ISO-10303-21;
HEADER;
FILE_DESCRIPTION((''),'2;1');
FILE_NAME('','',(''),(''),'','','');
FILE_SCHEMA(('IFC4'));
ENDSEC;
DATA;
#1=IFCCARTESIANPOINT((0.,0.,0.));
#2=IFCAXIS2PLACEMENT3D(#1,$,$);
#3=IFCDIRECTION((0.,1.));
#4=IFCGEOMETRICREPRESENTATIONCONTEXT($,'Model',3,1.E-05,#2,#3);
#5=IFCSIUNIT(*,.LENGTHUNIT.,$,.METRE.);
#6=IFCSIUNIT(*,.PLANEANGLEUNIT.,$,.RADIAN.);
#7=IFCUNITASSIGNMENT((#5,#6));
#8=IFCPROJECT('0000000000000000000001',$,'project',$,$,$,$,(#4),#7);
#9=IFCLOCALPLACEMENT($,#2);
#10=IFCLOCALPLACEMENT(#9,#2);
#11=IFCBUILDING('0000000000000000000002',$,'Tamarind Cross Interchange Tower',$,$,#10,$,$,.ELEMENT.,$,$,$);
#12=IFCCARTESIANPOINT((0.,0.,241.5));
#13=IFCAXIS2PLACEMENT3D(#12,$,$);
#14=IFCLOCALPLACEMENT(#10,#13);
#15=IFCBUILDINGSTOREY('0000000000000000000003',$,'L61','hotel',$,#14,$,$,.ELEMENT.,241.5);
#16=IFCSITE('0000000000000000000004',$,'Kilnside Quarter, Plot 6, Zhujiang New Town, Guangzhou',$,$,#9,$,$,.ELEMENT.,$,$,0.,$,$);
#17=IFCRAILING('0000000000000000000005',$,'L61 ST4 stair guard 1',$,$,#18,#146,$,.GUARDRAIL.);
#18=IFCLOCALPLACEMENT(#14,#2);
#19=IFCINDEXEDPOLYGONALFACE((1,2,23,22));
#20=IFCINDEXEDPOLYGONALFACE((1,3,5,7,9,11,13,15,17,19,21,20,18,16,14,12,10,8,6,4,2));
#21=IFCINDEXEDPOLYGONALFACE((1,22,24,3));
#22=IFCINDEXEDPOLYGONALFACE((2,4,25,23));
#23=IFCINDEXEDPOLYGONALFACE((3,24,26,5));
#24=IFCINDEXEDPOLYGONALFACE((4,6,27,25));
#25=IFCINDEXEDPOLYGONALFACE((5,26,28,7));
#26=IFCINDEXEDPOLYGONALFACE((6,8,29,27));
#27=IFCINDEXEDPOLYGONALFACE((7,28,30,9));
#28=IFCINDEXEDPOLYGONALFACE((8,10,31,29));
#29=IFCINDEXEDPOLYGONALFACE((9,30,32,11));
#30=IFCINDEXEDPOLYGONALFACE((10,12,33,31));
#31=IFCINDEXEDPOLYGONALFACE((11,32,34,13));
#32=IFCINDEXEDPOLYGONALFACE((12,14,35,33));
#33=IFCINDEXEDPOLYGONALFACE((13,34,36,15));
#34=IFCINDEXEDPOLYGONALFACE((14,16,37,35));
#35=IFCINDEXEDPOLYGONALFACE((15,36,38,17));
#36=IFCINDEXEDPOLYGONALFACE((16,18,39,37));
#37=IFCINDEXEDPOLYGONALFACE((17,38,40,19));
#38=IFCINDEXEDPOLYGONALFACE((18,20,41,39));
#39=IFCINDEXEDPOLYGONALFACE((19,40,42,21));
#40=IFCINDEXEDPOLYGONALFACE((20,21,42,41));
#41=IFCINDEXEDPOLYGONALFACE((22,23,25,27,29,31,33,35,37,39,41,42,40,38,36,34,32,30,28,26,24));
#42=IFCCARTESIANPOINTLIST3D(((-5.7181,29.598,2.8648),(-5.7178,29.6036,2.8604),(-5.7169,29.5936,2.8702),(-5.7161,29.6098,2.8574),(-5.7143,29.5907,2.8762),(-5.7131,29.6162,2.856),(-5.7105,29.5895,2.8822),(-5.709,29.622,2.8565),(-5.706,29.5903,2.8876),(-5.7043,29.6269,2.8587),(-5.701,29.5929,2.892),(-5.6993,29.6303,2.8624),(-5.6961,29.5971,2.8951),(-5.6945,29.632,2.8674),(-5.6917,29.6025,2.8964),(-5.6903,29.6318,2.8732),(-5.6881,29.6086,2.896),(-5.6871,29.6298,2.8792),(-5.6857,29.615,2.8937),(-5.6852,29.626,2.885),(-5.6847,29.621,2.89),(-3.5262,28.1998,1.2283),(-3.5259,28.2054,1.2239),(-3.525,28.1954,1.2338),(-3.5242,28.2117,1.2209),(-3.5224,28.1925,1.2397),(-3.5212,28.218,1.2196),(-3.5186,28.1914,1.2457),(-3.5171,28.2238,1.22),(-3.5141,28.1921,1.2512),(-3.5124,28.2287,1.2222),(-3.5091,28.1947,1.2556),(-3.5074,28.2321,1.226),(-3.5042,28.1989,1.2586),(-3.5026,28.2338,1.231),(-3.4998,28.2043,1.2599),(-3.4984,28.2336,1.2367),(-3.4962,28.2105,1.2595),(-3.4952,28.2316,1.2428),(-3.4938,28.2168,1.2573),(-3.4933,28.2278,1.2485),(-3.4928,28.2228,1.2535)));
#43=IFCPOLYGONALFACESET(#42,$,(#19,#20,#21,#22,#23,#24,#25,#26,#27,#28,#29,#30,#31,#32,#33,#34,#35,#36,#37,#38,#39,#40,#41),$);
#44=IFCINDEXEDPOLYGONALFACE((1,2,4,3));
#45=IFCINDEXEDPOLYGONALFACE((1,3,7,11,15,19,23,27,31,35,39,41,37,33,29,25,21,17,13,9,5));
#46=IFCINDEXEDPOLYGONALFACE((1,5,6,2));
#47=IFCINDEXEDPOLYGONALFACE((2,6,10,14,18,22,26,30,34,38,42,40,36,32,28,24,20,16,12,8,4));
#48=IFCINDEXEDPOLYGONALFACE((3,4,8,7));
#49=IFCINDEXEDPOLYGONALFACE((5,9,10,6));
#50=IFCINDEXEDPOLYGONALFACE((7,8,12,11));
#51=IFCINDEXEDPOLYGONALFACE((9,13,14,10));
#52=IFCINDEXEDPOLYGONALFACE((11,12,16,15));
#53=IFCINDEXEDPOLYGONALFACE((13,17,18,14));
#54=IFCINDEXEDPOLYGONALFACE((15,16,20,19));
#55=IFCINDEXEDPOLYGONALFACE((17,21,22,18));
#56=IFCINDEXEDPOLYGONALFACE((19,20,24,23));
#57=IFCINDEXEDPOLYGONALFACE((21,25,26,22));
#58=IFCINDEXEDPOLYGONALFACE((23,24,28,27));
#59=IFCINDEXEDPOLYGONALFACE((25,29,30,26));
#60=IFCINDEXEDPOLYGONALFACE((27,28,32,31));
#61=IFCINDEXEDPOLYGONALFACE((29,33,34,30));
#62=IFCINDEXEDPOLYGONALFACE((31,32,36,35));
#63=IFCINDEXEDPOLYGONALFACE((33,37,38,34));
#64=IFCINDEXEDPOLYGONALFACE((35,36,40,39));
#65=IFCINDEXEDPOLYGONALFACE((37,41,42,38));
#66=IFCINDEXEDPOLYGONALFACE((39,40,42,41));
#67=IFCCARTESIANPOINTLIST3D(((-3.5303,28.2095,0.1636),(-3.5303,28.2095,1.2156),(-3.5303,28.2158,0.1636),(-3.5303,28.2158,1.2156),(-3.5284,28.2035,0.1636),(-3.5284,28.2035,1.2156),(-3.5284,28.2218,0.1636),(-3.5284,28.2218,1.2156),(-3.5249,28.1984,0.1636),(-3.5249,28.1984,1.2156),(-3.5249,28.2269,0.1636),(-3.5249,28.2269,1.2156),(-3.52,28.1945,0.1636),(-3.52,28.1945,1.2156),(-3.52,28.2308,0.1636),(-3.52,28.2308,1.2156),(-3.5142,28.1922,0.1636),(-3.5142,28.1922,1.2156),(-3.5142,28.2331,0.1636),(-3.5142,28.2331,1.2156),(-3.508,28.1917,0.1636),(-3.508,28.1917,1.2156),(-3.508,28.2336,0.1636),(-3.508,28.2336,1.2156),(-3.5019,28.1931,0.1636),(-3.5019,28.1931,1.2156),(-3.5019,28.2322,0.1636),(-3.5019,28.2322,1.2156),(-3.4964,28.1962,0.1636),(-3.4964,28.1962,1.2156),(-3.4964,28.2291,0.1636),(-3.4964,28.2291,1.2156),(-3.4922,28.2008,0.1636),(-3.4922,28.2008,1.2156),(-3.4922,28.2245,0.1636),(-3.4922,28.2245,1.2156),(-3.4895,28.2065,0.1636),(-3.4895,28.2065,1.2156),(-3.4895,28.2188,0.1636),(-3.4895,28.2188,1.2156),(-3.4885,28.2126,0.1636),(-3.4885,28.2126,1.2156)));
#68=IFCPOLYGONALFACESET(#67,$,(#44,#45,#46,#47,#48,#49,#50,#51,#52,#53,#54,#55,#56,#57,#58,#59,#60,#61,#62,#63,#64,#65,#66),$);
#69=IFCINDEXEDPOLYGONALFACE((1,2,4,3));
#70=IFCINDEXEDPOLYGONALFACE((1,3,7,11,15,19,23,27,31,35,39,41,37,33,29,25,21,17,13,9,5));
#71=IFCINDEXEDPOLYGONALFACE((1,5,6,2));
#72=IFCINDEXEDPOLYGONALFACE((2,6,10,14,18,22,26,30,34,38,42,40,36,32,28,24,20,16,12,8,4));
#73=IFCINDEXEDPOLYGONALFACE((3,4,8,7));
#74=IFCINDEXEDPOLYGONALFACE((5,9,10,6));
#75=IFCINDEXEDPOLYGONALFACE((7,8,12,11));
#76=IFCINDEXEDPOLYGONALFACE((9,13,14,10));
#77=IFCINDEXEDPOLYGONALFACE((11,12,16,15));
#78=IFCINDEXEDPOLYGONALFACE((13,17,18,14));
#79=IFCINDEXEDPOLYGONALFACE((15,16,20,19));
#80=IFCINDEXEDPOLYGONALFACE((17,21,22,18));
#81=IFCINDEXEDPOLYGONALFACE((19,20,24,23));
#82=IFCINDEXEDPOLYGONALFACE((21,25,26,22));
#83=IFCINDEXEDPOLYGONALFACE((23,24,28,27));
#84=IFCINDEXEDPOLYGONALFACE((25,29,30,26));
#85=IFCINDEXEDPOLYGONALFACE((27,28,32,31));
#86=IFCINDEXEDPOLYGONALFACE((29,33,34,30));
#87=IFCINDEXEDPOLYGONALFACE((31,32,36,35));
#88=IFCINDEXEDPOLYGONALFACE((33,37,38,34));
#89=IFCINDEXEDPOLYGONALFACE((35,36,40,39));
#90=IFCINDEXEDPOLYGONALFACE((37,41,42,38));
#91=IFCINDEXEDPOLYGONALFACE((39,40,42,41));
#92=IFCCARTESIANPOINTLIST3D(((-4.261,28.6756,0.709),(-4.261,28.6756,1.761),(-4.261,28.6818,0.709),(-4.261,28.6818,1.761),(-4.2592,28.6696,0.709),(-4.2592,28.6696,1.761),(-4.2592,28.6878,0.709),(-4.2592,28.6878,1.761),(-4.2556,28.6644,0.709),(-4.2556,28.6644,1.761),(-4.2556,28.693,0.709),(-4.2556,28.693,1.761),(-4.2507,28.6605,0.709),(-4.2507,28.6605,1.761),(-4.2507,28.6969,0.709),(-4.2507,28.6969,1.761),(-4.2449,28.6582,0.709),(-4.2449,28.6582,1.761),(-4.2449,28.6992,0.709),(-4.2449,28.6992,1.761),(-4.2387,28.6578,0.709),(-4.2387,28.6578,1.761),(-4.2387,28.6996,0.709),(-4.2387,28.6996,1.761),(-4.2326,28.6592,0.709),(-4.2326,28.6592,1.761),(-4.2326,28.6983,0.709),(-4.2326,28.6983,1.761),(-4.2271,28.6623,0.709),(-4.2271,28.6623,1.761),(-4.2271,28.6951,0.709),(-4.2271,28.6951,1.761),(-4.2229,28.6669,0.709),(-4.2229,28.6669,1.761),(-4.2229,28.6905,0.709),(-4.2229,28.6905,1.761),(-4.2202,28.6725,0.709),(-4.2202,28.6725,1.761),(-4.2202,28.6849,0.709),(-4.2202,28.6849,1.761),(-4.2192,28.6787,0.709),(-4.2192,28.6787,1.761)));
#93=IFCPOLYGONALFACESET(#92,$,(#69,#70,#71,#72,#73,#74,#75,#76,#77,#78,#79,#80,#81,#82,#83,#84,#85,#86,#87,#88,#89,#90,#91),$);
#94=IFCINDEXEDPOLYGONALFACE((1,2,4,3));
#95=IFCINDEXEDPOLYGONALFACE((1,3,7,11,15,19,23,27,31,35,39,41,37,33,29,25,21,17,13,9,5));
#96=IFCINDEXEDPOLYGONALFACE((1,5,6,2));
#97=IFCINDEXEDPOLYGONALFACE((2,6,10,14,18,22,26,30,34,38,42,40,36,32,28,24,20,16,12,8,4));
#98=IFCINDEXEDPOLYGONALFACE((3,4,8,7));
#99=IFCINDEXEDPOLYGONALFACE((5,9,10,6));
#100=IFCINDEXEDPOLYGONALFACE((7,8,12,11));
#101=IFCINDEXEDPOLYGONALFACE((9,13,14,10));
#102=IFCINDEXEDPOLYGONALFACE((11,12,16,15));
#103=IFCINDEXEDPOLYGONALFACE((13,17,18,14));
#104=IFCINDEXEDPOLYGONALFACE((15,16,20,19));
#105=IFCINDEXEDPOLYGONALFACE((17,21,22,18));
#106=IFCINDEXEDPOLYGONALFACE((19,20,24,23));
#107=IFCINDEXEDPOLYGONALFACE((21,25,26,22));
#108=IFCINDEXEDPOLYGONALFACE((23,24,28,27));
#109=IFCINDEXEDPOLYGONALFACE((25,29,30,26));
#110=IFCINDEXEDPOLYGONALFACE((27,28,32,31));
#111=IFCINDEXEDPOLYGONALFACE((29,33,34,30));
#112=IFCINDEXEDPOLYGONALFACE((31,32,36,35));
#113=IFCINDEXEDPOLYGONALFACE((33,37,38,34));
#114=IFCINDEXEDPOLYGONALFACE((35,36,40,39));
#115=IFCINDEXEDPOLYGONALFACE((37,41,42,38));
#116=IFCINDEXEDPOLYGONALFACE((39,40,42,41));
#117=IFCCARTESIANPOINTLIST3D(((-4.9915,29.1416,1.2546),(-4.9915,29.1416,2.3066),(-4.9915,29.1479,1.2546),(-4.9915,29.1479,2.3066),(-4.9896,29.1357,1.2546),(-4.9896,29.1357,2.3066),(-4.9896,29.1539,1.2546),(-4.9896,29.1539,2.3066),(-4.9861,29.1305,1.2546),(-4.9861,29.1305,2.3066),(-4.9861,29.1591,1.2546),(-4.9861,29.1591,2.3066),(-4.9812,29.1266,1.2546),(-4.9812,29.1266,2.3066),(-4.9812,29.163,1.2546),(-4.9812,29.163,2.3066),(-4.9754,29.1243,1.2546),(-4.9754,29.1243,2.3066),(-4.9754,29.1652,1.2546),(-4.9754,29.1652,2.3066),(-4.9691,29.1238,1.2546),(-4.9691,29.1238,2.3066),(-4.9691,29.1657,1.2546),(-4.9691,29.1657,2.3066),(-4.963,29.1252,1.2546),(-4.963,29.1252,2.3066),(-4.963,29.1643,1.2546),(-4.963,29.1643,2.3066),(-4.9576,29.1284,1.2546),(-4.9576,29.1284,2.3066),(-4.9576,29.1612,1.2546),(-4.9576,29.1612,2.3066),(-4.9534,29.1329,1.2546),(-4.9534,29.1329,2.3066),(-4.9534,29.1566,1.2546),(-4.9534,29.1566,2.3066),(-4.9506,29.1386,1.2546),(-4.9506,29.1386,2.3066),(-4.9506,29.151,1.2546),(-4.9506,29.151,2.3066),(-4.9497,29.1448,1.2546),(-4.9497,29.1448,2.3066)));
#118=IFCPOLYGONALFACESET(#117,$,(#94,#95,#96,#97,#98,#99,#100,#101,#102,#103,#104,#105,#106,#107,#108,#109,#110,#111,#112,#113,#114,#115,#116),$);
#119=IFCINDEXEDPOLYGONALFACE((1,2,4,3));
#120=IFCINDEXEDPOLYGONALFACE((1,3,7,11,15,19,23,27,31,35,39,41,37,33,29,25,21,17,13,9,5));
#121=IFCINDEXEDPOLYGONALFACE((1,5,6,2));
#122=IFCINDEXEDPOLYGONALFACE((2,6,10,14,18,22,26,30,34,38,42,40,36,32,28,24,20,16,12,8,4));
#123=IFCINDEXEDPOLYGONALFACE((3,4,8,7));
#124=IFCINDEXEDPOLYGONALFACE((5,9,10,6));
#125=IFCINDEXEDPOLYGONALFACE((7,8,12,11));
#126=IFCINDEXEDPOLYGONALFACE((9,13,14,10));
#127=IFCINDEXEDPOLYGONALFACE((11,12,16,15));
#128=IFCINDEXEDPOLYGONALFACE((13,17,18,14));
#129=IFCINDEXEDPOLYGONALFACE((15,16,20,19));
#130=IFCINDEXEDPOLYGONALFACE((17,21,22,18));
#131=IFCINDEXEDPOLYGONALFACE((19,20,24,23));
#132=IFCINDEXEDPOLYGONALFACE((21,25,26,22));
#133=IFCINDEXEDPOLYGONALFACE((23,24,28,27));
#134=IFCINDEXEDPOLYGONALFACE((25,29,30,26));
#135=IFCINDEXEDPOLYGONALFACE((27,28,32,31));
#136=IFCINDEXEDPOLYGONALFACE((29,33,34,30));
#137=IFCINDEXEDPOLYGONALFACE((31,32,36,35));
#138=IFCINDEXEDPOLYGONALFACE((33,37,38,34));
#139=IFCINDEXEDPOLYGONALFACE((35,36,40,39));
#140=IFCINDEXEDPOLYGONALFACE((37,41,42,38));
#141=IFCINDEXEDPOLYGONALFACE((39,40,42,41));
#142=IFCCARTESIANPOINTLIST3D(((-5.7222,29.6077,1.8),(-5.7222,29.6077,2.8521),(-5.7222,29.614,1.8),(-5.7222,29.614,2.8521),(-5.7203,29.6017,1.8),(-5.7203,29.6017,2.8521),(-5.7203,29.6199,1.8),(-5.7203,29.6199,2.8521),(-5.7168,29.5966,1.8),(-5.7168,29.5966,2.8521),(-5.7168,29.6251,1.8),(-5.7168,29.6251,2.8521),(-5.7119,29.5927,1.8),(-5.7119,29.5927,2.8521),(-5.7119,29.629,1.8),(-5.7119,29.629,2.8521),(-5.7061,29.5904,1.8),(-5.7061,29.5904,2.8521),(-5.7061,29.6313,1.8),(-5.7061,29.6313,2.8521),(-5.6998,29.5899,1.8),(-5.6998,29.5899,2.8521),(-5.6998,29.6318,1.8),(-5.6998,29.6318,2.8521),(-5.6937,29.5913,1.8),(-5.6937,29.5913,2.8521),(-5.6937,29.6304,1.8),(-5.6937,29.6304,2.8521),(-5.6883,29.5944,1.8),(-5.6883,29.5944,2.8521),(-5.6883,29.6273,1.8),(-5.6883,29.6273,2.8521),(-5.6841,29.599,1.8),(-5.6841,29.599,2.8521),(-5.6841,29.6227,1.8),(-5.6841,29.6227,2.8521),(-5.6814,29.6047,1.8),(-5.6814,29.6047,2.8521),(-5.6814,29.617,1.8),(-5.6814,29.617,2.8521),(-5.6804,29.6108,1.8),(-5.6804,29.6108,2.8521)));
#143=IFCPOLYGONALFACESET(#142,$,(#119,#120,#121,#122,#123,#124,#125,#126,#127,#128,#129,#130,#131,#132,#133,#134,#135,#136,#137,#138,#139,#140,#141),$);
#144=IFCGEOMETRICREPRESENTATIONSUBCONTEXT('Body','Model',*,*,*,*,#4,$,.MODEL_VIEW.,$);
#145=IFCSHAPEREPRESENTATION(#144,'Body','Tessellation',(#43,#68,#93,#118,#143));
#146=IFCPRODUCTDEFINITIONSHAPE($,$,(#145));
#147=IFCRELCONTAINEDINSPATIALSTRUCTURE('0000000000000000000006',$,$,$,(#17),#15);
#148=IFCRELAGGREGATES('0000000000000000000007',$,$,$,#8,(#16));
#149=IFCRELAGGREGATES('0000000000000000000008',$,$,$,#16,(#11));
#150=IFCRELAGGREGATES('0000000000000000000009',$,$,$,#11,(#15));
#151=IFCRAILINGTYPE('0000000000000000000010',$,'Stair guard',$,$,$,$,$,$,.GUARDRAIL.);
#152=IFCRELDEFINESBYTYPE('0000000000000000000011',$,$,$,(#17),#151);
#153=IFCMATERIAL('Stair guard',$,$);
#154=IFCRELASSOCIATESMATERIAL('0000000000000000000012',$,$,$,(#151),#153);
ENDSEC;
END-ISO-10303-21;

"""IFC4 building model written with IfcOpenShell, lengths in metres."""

from ifc_helpers import new_model, si_unit, direction, frame, origin, origin_2d, place, context, subcontext, project, spatial, circle, extrude, material, type_object, element, save


model = new_model("IFC4")

# Units and contexts
model_context = context("Model", 3, precision=1e-05, world=origin(), true_north=direction((0.0, 1.0)))
body_context = subcontext(model_context, "Body", "Model", "MODEL_VIEW")
ifc_project = project(units=[si_unit("LENGTHUNIT", "METRE"), si_unit("PLANEANGLEUNIT", "RADIAN")], contexts=[model_context])

# Site, building, storey
site_placement = place(None, origin())
site = spatial("IfcSite", under=ifc_project, at=site_placement, Name="Kilnside Quarter, Plot 6, Zhujiang New Town, Guangzhou", CompositionType="ELEMENT", RefElevation=0.0)
building_placement = place(site_placement, origin())
building = spatial("IfcBuilding", under=site, at=building_placement, Name="Tamarind Cross Interchange Tower", CompositionType="ELEMENT")
storey_placement = place(building_placement, frame((0.0, 0.0, 241.5)))
storey = spatial("IfcBuildingStorey", under=building, at=storey_placement, Name="L61", Description="hotel", CompositionType="ELEMENT", Elevation=241.5)

# Railing
ifc_material_1 = material(Name="Stair guard")
railing_type_1 = type_object("IfcRailingType", Name="Stair guard", PredefinedType="GUARDRAIL", material=ifc_material_1)
railing_1_placement = place(storey_placement, frame((-3.5095, 28.2126, 0.1636)))
element("IfcRailing", 1, at=railing_1_placement, inside=storey, type_object=railing_type_1, Name="L61 ST4 stair guard 1", PredefinedType="GUARDRAIL", context=body_context, shape_type="SweptSolid", body=[
    extrude(circle(Radius=0.0239, at=origin_2d()), frame((0.0, 0.0, 1.0762), z_axis=(-0.713499, 0.455136, 0.532701), x_axis=(-0.537793, -0.843077, 0.0)), (0.0, 0.0, 1.0), 3.072),
    extrude(circle(Radius=0.021, at=origin_2d()), origin(), (0.0, 0.0, 1.0), 1.052),
    extrude(circle(Radius=0.021, at=origin_2d()), frame((-0.7307, 0.4661, 0.5454)), (0.0, 0.0, 1.0), 1.052),
    extrude(circle(Radius=0.021, at=origin_2d()), frame((-1.4612, 0.9321, 1.0911)), (0.0, 0.0, 1.0), 1.052),
    extrude(circle(Radius=0.021, at=origin_2d()), frame((-2.1919, 1.3982, 1.6365)), (0.0, 0.0, 1.0), 1.052),
])

save(model, "model.ifc")
